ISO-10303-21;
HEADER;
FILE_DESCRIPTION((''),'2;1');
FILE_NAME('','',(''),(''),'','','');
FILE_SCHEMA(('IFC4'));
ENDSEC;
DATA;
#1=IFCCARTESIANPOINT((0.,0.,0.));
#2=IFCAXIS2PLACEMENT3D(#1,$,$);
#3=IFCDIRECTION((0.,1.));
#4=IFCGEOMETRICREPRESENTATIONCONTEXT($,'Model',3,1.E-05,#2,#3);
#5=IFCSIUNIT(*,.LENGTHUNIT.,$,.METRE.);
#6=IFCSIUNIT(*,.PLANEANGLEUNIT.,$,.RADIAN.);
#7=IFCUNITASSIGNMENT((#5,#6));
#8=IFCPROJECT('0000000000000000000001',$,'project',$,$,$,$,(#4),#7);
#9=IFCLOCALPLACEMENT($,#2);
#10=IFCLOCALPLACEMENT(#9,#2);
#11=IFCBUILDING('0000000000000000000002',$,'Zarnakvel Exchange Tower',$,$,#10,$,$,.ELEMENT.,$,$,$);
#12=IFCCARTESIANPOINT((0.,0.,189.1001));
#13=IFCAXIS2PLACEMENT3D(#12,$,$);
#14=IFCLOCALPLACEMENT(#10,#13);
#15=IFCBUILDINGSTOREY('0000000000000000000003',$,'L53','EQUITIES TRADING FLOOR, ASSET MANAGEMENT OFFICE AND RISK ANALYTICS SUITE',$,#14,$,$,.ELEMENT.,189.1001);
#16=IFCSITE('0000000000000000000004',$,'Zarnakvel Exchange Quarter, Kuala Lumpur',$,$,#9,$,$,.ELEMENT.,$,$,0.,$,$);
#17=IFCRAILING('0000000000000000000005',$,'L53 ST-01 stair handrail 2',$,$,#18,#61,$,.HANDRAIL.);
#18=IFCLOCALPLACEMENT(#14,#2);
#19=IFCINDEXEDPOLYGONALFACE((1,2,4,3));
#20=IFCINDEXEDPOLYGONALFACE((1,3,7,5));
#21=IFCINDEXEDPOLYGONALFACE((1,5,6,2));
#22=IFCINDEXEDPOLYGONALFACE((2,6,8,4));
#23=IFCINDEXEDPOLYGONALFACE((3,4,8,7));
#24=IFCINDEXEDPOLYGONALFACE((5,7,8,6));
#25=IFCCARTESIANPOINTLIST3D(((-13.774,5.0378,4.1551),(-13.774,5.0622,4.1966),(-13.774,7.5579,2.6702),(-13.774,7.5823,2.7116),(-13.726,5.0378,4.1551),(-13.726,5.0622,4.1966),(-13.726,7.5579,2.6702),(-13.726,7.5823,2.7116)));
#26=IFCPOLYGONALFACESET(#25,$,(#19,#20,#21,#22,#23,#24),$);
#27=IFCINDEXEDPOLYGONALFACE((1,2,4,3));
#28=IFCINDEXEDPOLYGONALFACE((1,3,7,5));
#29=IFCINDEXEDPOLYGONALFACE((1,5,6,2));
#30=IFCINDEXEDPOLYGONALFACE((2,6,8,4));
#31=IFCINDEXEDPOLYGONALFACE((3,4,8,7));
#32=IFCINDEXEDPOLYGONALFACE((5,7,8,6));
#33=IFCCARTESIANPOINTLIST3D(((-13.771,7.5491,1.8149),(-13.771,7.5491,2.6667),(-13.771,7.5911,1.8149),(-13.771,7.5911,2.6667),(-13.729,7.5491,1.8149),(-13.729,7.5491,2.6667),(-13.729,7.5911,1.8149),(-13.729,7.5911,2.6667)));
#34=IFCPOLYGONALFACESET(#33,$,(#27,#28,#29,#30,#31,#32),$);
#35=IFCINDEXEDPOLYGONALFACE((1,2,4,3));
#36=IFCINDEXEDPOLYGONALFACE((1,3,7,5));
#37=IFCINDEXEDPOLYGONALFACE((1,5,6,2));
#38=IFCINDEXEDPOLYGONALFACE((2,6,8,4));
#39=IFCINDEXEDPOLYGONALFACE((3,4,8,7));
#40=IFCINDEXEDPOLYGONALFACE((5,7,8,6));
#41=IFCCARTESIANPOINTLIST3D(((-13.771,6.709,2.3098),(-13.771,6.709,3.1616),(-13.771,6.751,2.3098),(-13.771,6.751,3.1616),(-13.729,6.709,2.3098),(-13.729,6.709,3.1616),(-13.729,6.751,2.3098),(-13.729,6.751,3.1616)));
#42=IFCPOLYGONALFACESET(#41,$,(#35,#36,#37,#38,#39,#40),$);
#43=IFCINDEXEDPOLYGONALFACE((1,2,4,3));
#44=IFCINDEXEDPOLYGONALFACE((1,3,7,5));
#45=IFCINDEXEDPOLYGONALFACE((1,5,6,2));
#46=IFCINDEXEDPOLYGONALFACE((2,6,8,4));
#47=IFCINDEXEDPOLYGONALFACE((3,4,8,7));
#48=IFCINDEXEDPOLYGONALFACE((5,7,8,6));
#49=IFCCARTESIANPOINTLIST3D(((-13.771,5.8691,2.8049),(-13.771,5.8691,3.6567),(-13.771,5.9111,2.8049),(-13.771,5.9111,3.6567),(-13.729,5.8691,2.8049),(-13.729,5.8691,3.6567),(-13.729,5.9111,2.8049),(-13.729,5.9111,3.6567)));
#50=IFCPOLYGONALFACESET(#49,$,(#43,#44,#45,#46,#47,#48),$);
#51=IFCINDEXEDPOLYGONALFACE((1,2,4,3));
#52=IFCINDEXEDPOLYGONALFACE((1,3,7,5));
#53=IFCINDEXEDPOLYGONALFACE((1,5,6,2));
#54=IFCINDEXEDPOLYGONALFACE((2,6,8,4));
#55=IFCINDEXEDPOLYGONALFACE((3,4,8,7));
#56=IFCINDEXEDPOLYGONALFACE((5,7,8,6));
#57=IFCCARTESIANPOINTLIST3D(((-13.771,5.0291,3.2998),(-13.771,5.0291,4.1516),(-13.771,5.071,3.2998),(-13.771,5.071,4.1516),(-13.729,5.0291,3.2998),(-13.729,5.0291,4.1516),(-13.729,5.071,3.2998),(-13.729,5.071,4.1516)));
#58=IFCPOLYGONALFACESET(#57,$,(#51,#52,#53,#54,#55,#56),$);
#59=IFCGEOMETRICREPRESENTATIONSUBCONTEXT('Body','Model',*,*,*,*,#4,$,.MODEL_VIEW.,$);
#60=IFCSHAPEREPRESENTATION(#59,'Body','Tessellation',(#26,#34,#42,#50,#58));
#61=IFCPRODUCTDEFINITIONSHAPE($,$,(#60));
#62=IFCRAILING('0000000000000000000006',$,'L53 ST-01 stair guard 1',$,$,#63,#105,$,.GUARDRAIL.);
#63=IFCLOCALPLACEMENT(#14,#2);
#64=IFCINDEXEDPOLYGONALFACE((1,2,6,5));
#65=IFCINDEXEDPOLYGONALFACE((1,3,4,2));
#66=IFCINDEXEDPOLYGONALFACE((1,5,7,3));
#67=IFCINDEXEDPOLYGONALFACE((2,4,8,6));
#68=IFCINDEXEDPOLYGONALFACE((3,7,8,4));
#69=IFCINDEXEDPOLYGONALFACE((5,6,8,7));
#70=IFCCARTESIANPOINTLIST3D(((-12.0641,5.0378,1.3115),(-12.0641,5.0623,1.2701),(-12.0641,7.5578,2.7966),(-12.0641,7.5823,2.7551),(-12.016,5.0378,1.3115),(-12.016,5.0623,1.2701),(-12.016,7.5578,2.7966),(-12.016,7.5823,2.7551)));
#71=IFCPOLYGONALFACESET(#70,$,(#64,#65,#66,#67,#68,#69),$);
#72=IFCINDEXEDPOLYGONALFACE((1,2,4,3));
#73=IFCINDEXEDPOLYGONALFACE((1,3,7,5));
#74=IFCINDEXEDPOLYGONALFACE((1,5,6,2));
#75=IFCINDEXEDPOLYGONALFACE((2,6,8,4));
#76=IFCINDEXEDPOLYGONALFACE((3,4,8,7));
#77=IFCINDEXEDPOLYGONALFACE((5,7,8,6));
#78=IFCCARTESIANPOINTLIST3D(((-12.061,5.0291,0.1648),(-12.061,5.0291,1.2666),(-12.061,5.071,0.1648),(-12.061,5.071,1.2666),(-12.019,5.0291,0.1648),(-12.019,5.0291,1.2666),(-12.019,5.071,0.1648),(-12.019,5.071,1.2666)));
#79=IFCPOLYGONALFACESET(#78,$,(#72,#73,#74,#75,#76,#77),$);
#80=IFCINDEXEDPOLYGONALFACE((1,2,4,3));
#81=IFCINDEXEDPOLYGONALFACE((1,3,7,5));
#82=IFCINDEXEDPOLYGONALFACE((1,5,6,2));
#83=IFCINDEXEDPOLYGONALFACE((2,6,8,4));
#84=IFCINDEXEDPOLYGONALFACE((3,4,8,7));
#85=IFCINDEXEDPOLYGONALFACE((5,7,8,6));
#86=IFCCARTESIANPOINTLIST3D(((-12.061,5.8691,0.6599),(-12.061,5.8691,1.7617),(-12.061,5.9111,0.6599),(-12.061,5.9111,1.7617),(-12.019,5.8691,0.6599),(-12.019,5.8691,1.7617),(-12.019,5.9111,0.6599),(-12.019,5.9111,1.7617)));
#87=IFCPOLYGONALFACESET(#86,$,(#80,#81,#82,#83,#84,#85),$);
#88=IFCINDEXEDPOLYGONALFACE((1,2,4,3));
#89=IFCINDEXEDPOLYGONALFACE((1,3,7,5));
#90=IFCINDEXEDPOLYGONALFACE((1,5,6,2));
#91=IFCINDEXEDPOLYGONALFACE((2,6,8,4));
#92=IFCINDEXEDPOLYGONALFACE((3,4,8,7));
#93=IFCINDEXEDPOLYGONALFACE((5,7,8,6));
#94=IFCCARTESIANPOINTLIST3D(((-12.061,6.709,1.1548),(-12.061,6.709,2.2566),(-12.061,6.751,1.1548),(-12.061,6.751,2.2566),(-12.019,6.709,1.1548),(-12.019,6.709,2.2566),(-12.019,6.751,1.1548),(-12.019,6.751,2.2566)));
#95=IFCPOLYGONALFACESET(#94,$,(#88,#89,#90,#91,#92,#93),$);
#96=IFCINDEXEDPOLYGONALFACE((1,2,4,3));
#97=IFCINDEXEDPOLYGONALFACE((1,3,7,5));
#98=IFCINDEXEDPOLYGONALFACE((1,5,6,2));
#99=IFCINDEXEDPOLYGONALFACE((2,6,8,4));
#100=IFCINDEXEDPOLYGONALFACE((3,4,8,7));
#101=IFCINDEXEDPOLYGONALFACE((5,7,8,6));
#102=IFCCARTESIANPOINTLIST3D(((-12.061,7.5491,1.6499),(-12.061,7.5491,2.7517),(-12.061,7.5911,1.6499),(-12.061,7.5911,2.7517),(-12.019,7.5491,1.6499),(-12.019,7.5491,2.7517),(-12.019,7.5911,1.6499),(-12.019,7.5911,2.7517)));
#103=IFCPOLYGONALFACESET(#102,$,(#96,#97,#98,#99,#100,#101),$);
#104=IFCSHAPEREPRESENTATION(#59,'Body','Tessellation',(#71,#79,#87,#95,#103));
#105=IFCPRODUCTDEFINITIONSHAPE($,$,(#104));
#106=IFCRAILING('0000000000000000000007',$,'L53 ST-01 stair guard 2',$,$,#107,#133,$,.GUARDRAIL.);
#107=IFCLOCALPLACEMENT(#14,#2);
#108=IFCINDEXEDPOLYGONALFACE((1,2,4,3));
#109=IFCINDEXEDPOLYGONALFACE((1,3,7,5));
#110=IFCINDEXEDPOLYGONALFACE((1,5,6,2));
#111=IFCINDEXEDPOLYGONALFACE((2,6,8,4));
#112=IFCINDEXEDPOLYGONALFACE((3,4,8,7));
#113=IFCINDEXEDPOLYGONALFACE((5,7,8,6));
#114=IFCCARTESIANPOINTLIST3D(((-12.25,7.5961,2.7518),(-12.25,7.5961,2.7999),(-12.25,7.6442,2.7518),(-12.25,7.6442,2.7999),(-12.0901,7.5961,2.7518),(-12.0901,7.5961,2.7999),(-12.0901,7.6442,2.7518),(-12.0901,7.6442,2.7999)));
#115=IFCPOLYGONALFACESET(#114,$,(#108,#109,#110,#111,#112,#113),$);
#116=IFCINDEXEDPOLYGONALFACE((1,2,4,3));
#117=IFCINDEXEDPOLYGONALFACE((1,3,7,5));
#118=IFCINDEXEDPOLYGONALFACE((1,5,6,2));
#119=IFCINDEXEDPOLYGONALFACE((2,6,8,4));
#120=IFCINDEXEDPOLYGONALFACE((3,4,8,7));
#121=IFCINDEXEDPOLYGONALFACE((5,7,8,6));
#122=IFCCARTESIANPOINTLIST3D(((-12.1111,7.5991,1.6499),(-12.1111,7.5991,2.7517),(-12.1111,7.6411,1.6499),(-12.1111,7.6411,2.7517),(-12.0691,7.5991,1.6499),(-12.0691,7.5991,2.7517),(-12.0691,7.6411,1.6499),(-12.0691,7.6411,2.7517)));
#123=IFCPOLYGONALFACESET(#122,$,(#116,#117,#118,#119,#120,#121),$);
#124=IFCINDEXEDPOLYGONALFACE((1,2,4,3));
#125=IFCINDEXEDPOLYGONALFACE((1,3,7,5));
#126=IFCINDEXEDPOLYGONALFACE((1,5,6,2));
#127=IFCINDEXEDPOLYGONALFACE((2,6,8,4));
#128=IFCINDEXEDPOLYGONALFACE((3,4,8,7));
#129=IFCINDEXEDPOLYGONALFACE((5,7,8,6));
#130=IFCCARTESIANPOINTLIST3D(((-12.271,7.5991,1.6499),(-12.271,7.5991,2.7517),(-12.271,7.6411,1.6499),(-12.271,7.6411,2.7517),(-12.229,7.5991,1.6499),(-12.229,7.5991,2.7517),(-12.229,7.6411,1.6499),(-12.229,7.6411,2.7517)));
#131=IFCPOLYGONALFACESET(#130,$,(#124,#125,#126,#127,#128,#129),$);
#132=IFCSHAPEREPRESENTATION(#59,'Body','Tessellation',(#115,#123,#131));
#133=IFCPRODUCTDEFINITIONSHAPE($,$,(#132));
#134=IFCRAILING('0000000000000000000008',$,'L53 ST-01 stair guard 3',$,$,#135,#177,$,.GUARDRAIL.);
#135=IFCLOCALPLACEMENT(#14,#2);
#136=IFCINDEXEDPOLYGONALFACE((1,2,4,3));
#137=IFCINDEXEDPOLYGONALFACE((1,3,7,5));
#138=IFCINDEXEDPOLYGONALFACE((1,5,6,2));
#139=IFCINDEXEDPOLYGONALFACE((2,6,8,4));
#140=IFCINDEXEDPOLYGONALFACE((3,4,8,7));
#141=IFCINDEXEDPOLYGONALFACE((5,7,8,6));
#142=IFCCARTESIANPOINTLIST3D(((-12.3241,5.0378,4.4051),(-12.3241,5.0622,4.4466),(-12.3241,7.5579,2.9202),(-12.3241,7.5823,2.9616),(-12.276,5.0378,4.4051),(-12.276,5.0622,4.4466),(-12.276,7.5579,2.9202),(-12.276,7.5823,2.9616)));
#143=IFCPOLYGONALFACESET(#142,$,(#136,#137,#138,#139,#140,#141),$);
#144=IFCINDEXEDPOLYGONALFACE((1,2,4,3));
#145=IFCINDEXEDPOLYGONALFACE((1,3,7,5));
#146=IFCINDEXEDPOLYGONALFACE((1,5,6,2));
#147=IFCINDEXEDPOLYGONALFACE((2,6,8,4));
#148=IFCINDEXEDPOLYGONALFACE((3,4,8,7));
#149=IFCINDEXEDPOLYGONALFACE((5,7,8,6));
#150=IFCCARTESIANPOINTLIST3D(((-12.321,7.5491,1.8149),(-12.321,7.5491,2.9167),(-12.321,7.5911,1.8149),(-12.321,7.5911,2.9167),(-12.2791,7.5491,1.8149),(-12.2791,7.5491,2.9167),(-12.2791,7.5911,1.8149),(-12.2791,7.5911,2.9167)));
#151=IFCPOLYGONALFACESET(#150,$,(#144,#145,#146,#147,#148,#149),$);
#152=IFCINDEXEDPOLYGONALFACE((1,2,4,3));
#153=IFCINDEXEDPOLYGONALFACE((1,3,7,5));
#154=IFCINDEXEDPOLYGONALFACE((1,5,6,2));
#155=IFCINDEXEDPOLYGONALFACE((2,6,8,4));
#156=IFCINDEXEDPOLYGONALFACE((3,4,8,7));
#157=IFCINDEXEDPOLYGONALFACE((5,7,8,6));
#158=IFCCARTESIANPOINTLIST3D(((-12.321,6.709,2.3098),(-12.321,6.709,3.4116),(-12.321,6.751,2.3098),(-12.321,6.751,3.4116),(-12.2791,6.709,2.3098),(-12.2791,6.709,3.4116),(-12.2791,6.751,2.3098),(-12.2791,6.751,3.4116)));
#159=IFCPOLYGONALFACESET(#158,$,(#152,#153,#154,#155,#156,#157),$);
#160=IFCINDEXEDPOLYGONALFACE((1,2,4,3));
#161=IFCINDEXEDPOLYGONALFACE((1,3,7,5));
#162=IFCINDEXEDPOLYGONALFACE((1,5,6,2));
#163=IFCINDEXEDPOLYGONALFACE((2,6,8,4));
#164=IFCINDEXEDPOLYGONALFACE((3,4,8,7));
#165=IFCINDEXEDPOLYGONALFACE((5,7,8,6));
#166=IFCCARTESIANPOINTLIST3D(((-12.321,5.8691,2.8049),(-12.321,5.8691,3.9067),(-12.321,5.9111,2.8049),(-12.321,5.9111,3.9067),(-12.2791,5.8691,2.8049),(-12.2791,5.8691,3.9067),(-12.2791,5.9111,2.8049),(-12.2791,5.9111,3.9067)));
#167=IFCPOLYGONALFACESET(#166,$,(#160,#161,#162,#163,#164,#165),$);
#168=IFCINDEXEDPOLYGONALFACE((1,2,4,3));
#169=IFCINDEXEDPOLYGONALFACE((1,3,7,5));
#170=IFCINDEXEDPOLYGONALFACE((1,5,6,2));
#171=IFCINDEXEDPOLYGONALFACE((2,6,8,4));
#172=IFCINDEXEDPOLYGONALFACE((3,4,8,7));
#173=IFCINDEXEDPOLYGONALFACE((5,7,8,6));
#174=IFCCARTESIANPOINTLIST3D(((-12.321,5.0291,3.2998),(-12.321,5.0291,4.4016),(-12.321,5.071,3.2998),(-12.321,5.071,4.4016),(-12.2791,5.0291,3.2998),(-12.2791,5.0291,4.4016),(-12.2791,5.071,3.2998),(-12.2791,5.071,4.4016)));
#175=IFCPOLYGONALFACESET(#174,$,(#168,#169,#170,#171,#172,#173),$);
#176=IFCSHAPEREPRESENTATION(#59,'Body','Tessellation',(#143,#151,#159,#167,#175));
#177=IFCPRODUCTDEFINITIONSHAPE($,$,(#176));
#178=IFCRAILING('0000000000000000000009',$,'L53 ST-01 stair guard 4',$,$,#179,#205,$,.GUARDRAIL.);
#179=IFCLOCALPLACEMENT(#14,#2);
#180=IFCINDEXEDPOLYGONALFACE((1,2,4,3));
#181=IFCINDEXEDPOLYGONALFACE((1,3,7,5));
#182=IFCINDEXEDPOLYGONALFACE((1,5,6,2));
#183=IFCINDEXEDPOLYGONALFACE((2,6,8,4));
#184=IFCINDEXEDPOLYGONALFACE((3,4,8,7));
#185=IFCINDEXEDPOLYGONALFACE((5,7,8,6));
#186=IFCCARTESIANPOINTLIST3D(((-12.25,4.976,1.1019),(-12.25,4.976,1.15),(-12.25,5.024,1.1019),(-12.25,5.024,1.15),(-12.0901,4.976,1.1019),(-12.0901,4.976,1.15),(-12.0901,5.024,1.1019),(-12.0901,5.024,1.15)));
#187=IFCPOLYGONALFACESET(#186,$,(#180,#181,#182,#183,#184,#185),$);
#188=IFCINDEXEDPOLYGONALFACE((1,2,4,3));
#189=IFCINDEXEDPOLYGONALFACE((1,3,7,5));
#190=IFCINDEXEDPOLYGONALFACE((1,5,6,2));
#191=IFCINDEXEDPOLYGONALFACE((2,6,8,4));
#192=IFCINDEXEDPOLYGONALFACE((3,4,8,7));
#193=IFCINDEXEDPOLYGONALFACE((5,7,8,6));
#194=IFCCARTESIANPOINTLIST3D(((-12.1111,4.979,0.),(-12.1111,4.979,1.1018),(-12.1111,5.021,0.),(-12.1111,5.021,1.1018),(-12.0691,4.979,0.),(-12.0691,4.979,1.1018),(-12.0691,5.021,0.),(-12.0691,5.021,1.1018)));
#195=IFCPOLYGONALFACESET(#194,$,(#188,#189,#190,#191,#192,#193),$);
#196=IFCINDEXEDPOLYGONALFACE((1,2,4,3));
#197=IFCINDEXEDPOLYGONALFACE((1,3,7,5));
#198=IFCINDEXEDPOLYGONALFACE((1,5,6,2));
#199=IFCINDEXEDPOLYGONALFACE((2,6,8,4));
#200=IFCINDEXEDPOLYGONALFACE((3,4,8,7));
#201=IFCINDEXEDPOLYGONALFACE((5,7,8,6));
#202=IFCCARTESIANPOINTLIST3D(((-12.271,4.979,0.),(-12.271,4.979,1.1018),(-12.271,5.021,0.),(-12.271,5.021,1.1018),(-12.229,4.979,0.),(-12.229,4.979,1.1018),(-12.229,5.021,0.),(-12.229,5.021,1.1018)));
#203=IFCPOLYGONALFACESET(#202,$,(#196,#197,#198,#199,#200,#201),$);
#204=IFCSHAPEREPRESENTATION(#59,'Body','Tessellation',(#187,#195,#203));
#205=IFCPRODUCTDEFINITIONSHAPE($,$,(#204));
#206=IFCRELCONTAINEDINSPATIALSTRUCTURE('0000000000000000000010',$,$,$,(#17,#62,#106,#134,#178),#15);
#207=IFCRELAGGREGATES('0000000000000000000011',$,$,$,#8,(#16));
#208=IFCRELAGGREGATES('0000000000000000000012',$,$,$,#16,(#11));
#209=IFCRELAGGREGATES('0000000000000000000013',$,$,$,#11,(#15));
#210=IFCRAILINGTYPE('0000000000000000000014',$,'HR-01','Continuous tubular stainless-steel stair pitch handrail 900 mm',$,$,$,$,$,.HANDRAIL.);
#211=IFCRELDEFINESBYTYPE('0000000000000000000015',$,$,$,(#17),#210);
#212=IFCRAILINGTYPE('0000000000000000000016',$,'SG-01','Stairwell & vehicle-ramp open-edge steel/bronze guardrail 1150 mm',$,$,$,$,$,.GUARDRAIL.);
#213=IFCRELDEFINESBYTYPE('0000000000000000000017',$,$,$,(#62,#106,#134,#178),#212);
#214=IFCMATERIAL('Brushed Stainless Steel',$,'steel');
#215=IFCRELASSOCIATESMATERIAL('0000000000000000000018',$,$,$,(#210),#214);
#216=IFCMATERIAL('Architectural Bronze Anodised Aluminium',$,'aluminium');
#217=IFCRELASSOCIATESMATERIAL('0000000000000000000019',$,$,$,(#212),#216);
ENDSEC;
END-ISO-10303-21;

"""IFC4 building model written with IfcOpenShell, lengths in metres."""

from ifc_helpers import new_model, si_unit, direction, frame, origin, origin_2d, place, context, subcontext, project, spatial, rectangle, extrude, material, type_object, element, save


model = new_model("IFC4")

# Units and contexts
model_context = context("Model", 3, precision=1e-05, world=origin(), true_north=direction((0.0, 1.0)))
body_context = subcontext(model_context, "Body", "Model", "MODEL_VIEW")
ifc_project = project(units=[si_unit("LENGTHUNIT", "METRE"), si_unit("PLANEANGLEUNIT", "RADIAN")], contexts=[model_context])

# Site, building, storey
site_placement = place(None, origin())
site = spatial("IfcSite", under=ifc_project, at=site_placement, Name="Zarnakvel Exchange Quarter, Kuala Lumpur", CompositionType="ELEMENT", RefElevation=0.0)
building_placement = place(site_placement, origin())
building = spatial("IfcBuilding", under=site, at=building_placement, Name="Zarnakvel Exchange Tower", CompositionType="ELEMENT")
storey_placement = place(building_placement, frame((0.0, 0.0, 189.1001)))
storey = spatial("IfcBuildingStorey", under=building, at=storey_placement, Name="L53", Description="EQUITIES TRADING FLOOR, ASSET MANAGEMENT OFFICE AND RISK ANALYTICS SUITE", CompositionType="ELEMENT", Elevation=189.1001)

# Shared definitions
ifc_material_1 = material(Name="Architectural Bronze Anodised Aluminium", Category="aluminium")

# Railings
ifc_material_2 = material(Name="Brushed Stainless Steel", Category="steel")
railing_type_1 = type_object("IfcRailingType", Name="HR-01", Description="Continuous tubular stainless-steel stair pitch handrail 900 mm", PredefinedType="HANDRAIL", material=ifc_material_2)
railing_1_placement = place(storey_placement, frame((-13.75, 7.5701, 1.8149)))
element("IfcRailing", 1, at=railing_1_placement, inside=storey, type_object=railing_type_1, Name="L53 ST-01 stair handrail 2", PredefinedType="HANDRAIL", context=body_context, shape_type="SweptSolid", body=[
    extrude(rectangle(XDim=0.0481, YDim=0.0481, at=origin_2d()), frame((0.0, 0.0, 0.876), z_axis=(0.0, -0.861561, 0.507655), x_axis=(1.0, 0.0, 0.0)), (0.0, 0.0, 1.0), 2.925),
    extrude(rectangle(XDim=0.042, YDim=0.042, at=origin_2d()), origin(), (0.0, 0.0, 1.0), 0.8518),
    extrude(rectangle(XDim=0.042, YDim=0.042, at=origin_2d()), frame((0.0, -0.8401, 0.4949)), (0.0, 0.0, 1.0), 0.8518),
    extrude(rectangle(XDim=0.042, YDim=0.042, at=origin_2d()), frame((0.0, -1.6799, 0.99)), (0.0, 0.0, 1.0), 0.8518),
    extrude(rectangle(XDim=0.042, YDim=0.042, at=origin_2d()), frame((0.0, -2.52, 1.4849)), (0.0, 0.0, 1.0), 0.8518),
])
railing_type_2 = type_object("IfcRailingType", Name="SG-01", Description="Stairwell & vehicle-ramp open-edge steel/bronze guardrail 1150 mm", PredefinedType="GUARDRAIL", material=ifc_material_1)
railing_2_placement = place(storey_placement, frame((-12.04, 5.05, 0.1648)))
element("IfcRailing", 2, at=railing_2_placement, inside=storey, type_object=railing_type_2, Name="L53 ST-01 stair guard 1", PredefinedType="GUARDRAIL", context=body_context, shape_type="SweptSolid", body=[
    extrude(rectangle(XDim=0.0481, YDim=0.0481, at=origin_2d()), frame((0.0, 0.0, 1.126), z_axis=(0.0, 0.861524, 0.507717), x_axis=(-1.0, 0.0, 0.0)), (0.0, 0.0, 1.0), 2.925),
    extrude(rectangle(XDim=0.042, YDim=0.042, at=origin_2d()), origin(), (0.0, 0.0, 1.0), 1.1018),
    extrude(rectangle(XDim=0.042, YDim=0.042, at=origin_2d()), frame((0.0, 0.8401, 0.4951)), (0.0, 0.0, 1.0), 1.1018),
    extrude(rectangle(XDim=0.042, YDim=0.042, at=origin_2d()), frame((0.0, 1.6799, 0.99)), (0.0, 0.0, 1.0), 1.1018),
    extrude(rectangle(XDim=0.042, YDim=0.042, at=origin_2d()), frame((0.0, 2.52, 1.4851)), (0.0, 0.0, 1.0), 1.1018),
])
railing_3_placement = place(storey_placement, frame((-12.0901, 7.6201, 1.6499)))
element("IfcRailing", 3, at=railing_3_placement, inside=storey, type_object=railing_type_2, Name="L53 ST-01 stair guard 2", PredefinedType="GUARDRAIL", context=body_context, shape_type="SweptSolid", body=[
    extrude(rectangle(XDim=0.0481, YDim=0.0481, at=origin_2d()), frame((0.0, 0.0, 1.126), z_axis=(-1.0, 0.0, 0.0), x_axis=(0.0, -1.0, 0.0)), (0.0, 0.0, 1.0), 0.1599),
    extrude(rectangle(XDim=0.042, YDim=0.042, at=origin_2d()), origin(), (0.0, 0.0, 1.0), 1.1018),
    extrude(rectangle(XDim=0.042, YDim=0.042, at=origin_2d()), frame((-0.1599, 0.0, 0.0)), (0.0, 0.0, 1.0), 1.1018),
])
railing_4_placement = place(storey_placement, frame((-12.3, 7.5701, 1.8149)))
element("IfcRailing", 4, at=railing_4_placement, inside=storey, type_object=railing_type_2, Name="L53 ST-01 stair guard 3", PredefinedType="GUARDRAIL", context=body_context, shape_type="SweptSolid", body=[
    extrude(rectangle(XDim=0.0481, YDim=0.0481, at=origin_2d()), frame((0.0, 0.0, 1.126), z_axis=(0.0, -0.861561, 0.507655), x_axis=(1.0, 0.0, 0.0)), (0.0, 0.0, 1.0), 2.925),
    extrude(rectangle(XDim=0.042, YDim=0.042, at=origin_2d()), origin(), (0.0, 0.0, 1.0), 1.1018),
    extrude(rectangle(XDim=0.042, YDim=0.042, at=origin_2d()), frame((0.0, -0.8401, 0.4949)), (0.0, 0.0, 1.0), 1.1018),
    extrude(rectangle(XDim=0.042, YDim=0.042, at=origin_2d()), frame((0.0, -1.6799, 0.99)), (0.0, 0.0, 1.0), 1.1018),
    extrude(rectangle(XDim=0.042, YDim=0.042, at=origin_2d()), frame((0.0, -2.52, 1.4849)), (0.0, 0.0, 1.0), 1.1018),
])
railing_5_placement = place(storey_placement, frame((-12.0901, 5.0, 0.0)))
element("IfcRailing", 5, at=railing_5_placement, inside=storey, type_object=railing_type_2, Name="L53 ST-01 stair guard 4", PredefinedType="GUARDRAIL", context=body_context, shape_type="SweptSolid", body=[
    extrude(rectangle(XDim=0.0481, YDim=0.0481, at=origin_2d()), frame((0.0, 0.0, 1.126), z_axis=(-1.0, 0.0, 0.0), x_axis=(0.0, -1.0, 0.0)), (0.0, 0.0, 1.0), 0.1599),
    extrude(rectangle(XDim=0.042, YDim=0.042, at=origin_2d()), origin(), (0.0, 0.0, 1.0), 1.1018),
    extrude(rectangle(XDim=0.042, YDim=0.042, at=origin_2d()), frame((-0.1599, 0.0, 0.0)), (0.0, 0.0, 1.0), 1.1018),
])

save(model, "model.ifc")
